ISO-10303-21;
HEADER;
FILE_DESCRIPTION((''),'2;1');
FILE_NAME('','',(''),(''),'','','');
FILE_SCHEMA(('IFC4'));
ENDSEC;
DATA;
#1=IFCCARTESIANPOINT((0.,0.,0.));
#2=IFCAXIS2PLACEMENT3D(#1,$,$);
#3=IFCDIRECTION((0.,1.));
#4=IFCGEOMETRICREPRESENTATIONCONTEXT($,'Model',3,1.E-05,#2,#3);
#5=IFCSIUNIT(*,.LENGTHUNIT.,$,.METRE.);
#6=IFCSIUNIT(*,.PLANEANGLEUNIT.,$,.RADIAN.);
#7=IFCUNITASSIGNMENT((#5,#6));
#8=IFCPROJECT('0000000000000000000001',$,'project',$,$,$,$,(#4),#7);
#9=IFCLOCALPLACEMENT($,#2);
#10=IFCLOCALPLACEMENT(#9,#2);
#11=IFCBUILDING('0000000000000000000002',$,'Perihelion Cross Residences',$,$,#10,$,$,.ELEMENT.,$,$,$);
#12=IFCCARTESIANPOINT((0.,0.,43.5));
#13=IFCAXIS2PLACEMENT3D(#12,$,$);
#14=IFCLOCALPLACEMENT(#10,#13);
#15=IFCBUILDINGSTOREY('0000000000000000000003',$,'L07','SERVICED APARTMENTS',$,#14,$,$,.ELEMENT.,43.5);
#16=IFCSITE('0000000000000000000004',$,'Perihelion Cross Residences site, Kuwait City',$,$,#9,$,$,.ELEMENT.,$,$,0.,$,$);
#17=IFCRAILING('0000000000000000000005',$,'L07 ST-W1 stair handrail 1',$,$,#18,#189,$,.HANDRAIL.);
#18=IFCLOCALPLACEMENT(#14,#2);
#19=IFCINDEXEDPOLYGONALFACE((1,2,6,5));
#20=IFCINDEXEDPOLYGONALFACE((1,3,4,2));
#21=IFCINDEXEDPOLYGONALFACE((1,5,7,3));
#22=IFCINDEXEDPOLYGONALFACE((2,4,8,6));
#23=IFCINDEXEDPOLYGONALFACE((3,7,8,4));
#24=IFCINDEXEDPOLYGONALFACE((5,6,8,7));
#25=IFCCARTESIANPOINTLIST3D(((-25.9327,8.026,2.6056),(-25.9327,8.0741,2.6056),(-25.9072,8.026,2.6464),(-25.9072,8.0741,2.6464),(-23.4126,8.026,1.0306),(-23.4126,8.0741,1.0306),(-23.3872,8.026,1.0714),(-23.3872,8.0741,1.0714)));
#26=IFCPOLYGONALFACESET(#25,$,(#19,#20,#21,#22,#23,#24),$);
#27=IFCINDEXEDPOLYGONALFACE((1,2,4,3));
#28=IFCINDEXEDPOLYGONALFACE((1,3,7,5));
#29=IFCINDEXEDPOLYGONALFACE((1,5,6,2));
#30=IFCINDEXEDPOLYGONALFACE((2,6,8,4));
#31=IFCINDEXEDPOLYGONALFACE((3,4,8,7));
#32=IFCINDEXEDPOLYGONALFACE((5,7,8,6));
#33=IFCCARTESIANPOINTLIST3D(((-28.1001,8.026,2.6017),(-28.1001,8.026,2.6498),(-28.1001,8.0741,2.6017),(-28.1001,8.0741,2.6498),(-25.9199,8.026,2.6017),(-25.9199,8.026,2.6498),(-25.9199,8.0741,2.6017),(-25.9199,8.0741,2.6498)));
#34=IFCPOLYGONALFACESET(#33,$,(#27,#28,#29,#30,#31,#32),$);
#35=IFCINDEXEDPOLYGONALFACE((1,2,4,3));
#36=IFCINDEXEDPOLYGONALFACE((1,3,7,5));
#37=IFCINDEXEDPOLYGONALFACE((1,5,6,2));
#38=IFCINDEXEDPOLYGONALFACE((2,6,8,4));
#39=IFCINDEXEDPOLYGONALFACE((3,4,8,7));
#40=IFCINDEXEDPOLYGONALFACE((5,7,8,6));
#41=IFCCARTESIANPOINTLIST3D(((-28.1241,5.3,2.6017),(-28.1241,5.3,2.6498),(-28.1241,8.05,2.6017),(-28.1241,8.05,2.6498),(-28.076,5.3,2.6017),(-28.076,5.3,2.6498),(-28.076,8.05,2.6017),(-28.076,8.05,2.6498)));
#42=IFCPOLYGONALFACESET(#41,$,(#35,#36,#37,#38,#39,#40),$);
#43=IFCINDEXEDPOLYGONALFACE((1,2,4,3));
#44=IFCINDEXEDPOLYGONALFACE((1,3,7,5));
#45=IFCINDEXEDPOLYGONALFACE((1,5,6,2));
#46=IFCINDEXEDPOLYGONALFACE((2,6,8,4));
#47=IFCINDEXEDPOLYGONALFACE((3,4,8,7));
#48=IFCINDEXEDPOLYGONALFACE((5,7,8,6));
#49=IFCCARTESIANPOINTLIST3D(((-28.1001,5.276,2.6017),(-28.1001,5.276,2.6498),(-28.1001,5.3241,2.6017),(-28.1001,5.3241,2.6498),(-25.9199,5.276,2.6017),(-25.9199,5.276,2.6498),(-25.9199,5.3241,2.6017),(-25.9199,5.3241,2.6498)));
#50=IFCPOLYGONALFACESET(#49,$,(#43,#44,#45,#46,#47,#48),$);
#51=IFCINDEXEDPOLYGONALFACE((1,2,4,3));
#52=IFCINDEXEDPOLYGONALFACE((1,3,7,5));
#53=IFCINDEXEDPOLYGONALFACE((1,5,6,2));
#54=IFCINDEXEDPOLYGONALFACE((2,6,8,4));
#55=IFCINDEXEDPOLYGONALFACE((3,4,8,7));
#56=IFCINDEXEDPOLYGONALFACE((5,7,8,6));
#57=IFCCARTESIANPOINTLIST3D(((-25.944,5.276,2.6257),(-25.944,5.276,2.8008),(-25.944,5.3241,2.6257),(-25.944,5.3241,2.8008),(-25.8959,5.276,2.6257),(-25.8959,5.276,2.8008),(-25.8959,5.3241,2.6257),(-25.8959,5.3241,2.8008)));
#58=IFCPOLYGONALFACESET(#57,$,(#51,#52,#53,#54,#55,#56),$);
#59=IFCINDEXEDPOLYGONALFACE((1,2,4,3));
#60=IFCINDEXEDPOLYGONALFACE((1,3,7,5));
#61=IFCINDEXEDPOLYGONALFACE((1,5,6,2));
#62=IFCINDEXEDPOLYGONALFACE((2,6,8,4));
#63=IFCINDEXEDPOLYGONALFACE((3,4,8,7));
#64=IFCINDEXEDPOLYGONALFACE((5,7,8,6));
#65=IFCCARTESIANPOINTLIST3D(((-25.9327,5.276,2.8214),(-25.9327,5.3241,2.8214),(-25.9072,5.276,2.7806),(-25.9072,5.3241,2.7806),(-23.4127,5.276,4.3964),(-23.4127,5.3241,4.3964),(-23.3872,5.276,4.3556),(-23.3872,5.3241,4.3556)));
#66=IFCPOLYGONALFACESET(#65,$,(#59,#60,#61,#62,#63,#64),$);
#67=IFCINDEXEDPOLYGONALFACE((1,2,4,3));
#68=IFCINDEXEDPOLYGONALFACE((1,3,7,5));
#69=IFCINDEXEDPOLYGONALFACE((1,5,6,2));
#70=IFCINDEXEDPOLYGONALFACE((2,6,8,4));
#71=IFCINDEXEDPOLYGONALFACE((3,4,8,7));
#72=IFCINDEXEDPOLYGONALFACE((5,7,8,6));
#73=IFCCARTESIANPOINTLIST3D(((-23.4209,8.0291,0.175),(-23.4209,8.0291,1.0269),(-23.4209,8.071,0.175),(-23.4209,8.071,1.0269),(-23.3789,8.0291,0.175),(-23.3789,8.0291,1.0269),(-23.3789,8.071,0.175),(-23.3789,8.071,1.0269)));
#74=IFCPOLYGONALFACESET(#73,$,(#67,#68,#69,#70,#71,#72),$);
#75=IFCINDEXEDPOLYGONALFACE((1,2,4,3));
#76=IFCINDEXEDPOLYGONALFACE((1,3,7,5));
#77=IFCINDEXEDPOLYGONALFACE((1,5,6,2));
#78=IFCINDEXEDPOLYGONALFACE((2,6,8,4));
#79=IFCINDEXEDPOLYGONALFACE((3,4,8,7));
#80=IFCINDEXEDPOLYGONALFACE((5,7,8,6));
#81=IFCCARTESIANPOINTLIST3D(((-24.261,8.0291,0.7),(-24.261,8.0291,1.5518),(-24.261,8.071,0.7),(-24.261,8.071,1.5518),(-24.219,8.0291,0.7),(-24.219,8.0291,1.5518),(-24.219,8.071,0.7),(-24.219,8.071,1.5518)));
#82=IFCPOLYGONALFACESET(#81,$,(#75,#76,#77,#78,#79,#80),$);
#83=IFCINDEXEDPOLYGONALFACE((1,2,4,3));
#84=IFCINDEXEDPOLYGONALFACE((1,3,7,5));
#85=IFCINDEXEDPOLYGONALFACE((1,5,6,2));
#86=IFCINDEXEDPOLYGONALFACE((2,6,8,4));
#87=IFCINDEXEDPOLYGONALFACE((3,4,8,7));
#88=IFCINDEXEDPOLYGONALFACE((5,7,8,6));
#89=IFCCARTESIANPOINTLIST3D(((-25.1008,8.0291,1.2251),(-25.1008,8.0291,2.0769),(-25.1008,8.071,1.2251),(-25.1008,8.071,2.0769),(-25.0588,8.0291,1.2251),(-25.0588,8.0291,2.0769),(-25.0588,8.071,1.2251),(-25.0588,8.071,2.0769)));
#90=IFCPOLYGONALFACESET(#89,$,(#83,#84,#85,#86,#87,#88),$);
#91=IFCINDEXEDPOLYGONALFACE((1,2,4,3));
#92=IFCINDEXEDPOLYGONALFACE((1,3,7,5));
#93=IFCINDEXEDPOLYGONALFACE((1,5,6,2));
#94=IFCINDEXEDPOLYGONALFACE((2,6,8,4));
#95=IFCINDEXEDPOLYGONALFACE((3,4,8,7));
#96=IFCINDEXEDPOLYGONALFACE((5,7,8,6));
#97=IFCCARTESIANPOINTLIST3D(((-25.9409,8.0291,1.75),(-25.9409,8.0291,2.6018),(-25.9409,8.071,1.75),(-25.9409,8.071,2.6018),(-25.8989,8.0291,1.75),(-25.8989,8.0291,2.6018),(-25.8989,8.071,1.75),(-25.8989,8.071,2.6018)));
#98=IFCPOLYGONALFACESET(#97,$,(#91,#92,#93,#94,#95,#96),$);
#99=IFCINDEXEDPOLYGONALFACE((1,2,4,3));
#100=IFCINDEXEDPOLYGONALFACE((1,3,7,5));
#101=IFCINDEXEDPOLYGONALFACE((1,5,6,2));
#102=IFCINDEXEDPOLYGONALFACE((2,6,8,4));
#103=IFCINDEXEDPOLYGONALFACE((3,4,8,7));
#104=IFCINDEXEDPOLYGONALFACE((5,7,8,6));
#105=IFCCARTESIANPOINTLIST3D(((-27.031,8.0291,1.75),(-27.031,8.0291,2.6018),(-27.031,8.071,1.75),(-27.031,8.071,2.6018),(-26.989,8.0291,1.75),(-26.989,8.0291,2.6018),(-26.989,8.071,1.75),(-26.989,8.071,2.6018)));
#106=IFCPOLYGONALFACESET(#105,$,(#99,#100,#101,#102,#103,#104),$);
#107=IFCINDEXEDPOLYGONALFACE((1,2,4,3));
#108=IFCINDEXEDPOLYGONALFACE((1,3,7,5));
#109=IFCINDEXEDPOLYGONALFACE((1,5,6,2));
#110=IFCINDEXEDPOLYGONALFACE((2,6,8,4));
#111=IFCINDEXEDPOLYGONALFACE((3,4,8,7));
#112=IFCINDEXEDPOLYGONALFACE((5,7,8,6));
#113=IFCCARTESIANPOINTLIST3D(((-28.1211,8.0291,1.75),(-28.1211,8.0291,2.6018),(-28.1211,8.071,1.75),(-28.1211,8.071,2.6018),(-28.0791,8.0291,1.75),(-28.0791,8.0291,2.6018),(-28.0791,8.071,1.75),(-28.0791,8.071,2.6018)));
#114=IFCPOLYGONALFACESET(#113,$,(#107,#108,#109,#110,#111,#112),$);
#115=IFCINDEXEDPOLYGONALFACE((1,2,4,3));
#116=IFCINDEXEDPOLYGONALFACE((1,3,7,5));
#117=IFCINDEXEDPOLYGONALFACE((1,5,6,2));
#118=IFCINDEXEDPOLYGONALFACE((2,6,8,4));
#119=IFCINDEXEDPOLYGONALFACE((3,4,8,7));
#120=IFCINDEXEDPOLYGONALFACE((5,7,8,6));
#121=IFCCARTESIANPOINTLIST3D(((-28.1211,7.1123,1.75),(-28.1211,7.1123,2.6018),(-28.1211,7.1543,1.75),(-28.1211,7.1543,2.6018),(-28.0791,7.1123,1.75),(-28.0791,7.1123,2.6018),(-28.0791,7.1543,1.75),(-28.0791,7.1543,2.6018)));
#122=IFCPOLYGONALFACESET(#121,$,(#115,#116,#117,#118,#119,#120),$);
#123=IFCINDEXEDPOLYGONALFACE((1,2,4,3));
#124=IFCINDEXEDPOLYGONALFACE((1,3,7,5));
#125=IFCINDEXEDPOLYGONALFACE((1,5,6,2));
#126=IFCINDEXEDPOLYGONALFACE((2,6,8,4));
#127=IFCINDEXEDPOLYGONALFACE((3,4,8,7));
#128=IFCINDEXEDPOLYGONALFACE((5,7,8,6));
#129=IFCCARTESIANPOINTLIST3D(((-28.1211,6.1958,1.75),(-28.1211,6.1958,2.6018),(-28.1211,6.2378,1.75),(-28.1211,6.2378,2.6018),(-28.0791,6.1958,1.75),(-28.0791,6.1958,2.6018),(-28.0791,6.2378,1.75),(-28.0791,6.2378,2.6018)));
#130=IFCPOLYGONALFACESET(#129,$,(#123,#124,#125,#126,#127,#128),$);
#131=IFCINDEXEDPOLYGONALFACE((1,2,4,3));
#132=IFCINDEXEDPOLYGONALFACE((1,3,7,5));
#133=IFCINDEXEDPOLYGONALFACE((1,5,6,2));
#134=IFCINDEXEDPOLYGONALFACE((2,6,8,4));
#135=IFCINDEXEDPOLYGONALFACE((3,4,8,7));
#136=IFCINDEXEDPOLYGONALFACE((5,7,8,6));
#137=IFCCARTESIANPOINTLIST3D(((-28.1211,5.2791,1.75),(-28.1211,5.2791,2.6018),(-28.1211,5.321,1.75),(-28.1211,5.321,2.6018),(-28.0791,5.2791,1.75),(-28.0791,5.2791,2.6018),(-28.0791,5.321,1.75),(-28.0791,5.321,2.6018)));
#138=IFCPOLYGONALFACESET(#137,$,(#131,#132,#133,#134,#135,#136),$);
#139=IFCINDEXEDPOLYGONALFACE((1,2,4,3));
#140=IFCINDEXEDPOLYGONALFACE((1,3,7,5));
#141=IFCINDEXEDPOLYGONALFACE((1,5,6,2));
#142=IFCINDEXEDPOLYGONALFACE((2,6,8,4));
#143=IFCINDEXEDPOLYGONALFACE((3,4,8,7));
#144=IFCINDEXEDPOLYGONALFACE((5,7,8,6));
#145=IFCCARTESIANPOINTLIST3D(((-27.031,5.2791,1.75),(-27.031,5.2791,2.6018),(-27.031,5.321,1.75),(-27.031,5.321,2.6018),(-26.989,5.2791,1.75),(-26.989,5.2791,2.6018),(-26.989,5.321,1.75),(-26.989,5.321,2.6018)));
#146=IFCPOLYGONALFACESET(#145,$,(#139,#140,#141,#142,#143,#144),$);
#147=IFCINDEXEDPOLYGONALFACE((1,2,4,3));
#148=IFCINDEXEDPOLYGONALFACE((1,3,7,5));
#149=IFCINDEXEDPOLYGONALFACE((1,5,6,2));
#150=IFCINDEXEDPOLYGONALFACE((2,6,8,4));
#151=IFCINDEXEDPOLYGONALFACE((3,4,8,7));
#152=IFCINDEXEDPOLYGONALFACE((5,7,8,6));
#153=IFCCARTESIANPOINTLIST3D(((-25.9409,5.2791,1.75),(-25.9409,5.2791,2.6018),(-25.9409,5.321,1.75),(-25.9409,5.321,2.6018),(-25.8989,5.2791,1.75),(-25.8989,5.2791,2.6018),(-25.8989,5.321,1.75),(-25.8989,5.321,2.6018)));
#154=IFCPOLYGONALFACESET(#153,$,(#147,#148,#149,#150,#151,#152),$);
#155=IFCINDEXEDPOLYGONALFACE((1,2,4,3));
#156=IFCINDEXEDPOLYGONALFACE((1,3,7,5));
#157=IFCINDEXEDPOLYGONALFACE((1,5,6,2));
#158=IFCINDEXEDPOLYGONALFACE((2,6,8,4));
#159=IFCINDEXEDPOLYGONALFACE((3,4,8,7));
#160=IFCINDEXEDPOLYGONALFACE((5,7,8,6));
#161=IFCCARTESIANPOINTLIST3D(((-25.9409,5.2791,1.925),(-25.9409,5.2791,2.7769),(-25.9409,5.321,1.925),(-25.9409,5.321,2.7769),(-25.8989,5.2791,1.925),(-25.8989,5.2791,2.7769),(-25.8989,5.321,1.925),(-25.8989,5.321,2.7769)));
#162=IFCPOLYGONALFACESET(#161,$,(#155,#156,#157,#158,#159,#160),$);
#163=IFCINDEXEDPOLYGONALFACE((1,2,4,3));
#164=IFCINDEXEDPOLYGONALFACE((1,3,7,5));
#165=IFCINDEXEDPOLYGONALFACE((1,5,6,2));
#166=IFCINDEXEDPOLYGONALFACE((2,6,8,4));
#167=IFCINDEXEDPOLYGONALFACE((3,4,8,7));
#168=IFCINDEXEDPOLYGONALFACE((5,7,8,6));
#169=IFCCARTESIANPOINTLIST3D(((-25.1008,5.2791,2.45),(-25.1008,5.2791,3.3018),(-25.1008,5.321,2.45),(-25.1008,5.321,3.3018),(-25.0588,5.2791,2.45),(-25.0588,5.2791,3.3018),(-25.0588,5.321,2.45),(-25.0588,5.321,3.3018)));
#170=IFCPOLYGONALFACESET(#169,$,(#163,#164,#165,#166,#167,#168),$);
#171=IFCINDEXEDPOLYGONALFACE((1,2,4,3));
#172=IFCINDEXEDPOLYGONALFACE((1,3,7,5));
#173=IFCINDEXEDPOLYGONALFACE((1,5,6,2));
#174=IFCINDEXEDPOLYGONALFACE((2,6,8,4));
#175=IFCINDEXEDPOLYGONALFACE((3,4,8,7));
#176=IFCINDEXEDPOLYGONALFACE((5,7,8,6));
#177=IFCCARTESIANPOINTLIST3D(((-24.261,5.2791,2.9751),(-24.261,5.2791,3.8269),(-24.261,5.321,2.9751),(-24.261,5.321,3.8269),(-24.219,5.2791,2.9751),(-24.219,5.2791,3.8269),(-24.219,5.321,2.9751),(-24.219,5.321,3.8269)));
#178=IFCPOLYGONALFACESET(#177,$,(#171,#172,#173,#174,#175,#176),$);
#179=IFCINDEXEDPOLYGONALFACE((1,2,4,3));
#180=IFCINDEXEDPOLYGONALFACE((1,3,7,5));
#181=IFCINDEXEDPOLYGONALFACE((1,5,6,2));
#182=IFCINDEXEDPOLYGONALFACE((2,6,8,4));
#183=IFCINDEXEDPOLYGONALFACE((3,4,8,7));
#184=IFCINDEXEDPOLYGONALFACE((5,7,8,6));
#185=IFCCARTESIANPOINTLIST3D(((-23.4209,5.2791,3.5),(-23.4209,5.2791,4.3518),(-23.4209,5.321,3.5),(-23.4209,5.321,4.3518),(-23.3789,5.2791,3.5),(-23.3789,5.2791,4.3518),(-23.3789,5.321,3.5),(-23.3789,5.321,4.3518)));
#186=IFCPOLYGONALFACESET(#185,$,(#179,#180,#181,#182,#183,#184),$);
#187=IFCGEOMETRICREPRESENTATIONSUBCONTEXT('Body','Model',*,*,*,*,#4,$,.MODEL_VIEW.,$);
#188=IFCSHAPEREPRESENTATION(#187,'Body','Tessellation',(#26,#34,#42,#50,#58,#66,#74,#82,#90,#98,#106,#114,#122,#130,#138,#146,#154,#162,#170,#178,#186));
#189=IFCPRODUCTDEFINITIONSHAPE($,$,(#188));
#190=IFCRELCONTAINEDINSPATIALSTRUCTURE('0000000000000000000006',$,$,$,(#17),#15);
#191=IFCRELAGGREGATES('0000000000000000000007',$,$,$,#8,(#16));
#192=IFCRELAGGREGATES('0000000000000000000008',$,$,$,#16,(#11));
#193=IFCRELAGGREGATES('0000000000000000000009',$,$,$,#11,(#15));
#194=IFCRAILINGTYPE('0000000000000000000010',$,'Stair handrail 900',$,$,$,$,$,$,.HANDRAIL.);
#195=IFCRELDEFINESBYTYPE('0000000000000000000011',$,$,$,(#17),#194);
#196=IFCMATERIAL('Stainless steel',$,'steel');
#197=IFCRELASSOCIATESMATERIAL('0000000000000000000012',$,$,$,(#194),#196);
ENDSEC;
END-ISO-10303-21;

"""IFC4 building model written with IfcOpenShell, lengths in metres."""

from ifc_helpers import new_model, si_unit, direction, frame, origin, origin_2d, place, context, subcontext, project, spatial, rectangle, extrude, material, type_object, element, save


model = new_model("IFC4")

# Units and contexts
model_context = context("Model", 3, precision=1e-05, world=origin(), true_north=direction((0.0, 1.0)))
body_context = subcontext(model_context, "Body", "Model", "MODEL_VIEW")
ifc_project = project(units=[si_unit("LENGTHUNIT", "METRE"), si_unit("PLANEANGLEUNIT", "RADIAN")], contexts=[model_context])

# Site, building, storey
site_placement = place(None, origin())
site = spatial("IfcSite", under=ifc_project, at=site_placement, Name="Perihelion Cross Residences site, Kuwait City", CompositionType="ELEMENT", RefElevation=0.0)
building_placement = place(site_placement, origin())
building = spatial("IfcBuilding", under=site, at=building_placement, Name="Perihelion Cross Residences", CompositionType="ELEMENT")
storey_placement = place(building_placement, frame((0.0, 0.0, 43.5)))
storey = spatial("IfcBuildingStorey", under=building, at=storey_placement, Name="L07", Description="SERVICED APARTMENTS", CompositionType="ELEMENT", Elevation=43.5)

# Railing
ifc_material_1 = material(Name="Stainless steel", Category="steel")
railing_type_1 = type_object("IfcRailingType", Name="Stair handrail 900", PredefinedType="HANDRAIL", material=ifc_material_1)
railing_1_placement = place(storey_placement, frame((-23.3999, 8.05, 0.175)))
element("IfcRailing", 1, at=railing_1_placement, inside=storey, type_object=railing_type_1, Name="L07 ST-W1 stair handrail 1", PredefinedType="HANDRAIL", context=body_context, shape_type="SweptSolid", body=[
    extrude(rectangle(XDim=0.0481, YDim=0.0481, at=origin_2d()), frame((0.0, 0.0, 0.876), z_axis=(-0.848008, 0.0, 0.529984), x_axis=(0.0, -1.0, 0.0)), (0.0, 0.0, 1.0), 2.9717),
    extrude(rectangle(XDim=0.0481, YDim=0.0481, at=origin_2d()), frame((-2.52, 0.0, 2.4507), z_axis=(-1.0, 0.0, 0.0), x_axis=(0.0, -1.0, 0.0)), (0.0, 0.0, 1.0), 2.1802),
    extrude(rectangle(XDim=0.0481, YDim=0.0481, at=origin_2d()), frame((-4.7002, 0.0, 2.4507), z_axis=(0.0, -1.0, 0.0), x_axis=(1.0, 0.0, 0.0)), (0.0, 0.0, 1.0), 2.75),
    extrude(rectangle(XDim=0.0481, YDim=0.0481, at=origin_2d()), frame((-4.7002, -2.75, 2.4507), z_axis=(1.0, 0.0, 0.0), x_axis=(0.0, 1.0, 0.0)), (0.0, 0.0, 1.0), 2.1802),
    extrude(rectangle(XDim=0.0481, YDim=0.0481, at=origin_2d()), frame((-2.52, -2.75, 2.4507), z_axis=(0.0, 0.0, 1.0), x_axis=(1.0, 0.0, 0.0)), (0.0, 0.0, 1.0), 0.175),
    extrude(rectangle(XDim=0.0481, YDim=0.0481, at=origin_2d()), frame((-2.52, -2.75, 2.626), z_axis=(0.848008, 0.0, 0.529984), x_axis=(0.0, 1.0, 0.0)), (0.0, 0.0, 1.0), 2.9717),
    extrude(rectangle(XDim=0.042, YDim=0.042, at=origin_2d()), origin(), (0.0, 0.0, 1.0), 0.8518),
    extrude(rectangle(XDim=0.042, YDim=0.042, at=origin_2d()), frame((-0.8401, 0.0, 0.5249)), (0.0, 0.0, 1.0), 0.8518),
    extrude(rectangle(XDim=0.042, YDim=0.042, at=origin_2d()), frame((-1.6799, 0.0, 1.05)), (0.0, 0.0, 1.0), 0.8518),
    extrude(rectangle(XDim=0.042, YDim=0.042, at=origin_2d()), frame((-2.52, 0.0, 1.575)), (0.0, 0.0, 1.0), 0.8518),
    extrude(rectangle(XDim=0.042, YDim=0.042, at=origin_2d()), frame((-3.6101, 0.0, 1.575)), (0.0, 0.0, 1.0), 0.8518),
    extrude(rectangle(XDim=0.042, YDim=0.042, at=origin_2d()), frame((-4.7002, 0.0, 1.575)), (0.0, 0.0, 1.0), 0.8518),
    extrude(rectangle(XDim=0.042, YDim=0.042, at=origin_2d()), frame((-4.7002, -0.9167, 1.575)), (0.0, 0.0, 1.0), 0.8518),
    extrude(rectangle(XDim=0.042, YDim=0.042, at=origin_2d()), frame((-4.7002, -1.8333, 1.575)), (0.0, 0.0, 1.0), 0.8518),
    extrude(rectangle(XDim=0.042, YDim=0.042, at=origin_2d()), frame((-4.7002, -2.75, 1.575)), (0.0, 0.0, 1.0), 0.8518),
    extrude(rectangle(XDim=0.042, YDim=0.042, at=origin_2d()), frame((-3.6101, -2.75, 1.575)), (0.0, 0.0, 1.0), 0.8518),
    extrude(rectangle(XDim=0.042, YDim=0.042, at=origin_2d()), frame((-2.52, -2.75, 1.575)), (0.0, 0.0, 1.0), 0.8518),
    extrude(rectangle(XDim=0.042, YDim=0.042, at=origin_2d()), frame((-2.52, -2.75, 1.75)), (0.0, 0.0, 1.0), 0.8518),
    extrude(rectangle(XDim=0.042, YDim=0.042, at=origin_2d()), frame((-1.6799, -2.75, 2.2749)), (0.0, 0.0, 1.0), 0.8518),
    extrude(rectangle(XDim=0.042, YDim=0.042, at=origin_2d()), frame((-0.8401, -2.75, 2.8)), (0.0, 0.0, 1.0), 0.8518),
    extrude(rectangle(XDim=0.042, YDim=0.042, at=origin_2d()), frame((0.0, -2.75, 3.325)), (0.0, 0.0, 1.0), 0.8518),
])

save(model, "model.ifc")
